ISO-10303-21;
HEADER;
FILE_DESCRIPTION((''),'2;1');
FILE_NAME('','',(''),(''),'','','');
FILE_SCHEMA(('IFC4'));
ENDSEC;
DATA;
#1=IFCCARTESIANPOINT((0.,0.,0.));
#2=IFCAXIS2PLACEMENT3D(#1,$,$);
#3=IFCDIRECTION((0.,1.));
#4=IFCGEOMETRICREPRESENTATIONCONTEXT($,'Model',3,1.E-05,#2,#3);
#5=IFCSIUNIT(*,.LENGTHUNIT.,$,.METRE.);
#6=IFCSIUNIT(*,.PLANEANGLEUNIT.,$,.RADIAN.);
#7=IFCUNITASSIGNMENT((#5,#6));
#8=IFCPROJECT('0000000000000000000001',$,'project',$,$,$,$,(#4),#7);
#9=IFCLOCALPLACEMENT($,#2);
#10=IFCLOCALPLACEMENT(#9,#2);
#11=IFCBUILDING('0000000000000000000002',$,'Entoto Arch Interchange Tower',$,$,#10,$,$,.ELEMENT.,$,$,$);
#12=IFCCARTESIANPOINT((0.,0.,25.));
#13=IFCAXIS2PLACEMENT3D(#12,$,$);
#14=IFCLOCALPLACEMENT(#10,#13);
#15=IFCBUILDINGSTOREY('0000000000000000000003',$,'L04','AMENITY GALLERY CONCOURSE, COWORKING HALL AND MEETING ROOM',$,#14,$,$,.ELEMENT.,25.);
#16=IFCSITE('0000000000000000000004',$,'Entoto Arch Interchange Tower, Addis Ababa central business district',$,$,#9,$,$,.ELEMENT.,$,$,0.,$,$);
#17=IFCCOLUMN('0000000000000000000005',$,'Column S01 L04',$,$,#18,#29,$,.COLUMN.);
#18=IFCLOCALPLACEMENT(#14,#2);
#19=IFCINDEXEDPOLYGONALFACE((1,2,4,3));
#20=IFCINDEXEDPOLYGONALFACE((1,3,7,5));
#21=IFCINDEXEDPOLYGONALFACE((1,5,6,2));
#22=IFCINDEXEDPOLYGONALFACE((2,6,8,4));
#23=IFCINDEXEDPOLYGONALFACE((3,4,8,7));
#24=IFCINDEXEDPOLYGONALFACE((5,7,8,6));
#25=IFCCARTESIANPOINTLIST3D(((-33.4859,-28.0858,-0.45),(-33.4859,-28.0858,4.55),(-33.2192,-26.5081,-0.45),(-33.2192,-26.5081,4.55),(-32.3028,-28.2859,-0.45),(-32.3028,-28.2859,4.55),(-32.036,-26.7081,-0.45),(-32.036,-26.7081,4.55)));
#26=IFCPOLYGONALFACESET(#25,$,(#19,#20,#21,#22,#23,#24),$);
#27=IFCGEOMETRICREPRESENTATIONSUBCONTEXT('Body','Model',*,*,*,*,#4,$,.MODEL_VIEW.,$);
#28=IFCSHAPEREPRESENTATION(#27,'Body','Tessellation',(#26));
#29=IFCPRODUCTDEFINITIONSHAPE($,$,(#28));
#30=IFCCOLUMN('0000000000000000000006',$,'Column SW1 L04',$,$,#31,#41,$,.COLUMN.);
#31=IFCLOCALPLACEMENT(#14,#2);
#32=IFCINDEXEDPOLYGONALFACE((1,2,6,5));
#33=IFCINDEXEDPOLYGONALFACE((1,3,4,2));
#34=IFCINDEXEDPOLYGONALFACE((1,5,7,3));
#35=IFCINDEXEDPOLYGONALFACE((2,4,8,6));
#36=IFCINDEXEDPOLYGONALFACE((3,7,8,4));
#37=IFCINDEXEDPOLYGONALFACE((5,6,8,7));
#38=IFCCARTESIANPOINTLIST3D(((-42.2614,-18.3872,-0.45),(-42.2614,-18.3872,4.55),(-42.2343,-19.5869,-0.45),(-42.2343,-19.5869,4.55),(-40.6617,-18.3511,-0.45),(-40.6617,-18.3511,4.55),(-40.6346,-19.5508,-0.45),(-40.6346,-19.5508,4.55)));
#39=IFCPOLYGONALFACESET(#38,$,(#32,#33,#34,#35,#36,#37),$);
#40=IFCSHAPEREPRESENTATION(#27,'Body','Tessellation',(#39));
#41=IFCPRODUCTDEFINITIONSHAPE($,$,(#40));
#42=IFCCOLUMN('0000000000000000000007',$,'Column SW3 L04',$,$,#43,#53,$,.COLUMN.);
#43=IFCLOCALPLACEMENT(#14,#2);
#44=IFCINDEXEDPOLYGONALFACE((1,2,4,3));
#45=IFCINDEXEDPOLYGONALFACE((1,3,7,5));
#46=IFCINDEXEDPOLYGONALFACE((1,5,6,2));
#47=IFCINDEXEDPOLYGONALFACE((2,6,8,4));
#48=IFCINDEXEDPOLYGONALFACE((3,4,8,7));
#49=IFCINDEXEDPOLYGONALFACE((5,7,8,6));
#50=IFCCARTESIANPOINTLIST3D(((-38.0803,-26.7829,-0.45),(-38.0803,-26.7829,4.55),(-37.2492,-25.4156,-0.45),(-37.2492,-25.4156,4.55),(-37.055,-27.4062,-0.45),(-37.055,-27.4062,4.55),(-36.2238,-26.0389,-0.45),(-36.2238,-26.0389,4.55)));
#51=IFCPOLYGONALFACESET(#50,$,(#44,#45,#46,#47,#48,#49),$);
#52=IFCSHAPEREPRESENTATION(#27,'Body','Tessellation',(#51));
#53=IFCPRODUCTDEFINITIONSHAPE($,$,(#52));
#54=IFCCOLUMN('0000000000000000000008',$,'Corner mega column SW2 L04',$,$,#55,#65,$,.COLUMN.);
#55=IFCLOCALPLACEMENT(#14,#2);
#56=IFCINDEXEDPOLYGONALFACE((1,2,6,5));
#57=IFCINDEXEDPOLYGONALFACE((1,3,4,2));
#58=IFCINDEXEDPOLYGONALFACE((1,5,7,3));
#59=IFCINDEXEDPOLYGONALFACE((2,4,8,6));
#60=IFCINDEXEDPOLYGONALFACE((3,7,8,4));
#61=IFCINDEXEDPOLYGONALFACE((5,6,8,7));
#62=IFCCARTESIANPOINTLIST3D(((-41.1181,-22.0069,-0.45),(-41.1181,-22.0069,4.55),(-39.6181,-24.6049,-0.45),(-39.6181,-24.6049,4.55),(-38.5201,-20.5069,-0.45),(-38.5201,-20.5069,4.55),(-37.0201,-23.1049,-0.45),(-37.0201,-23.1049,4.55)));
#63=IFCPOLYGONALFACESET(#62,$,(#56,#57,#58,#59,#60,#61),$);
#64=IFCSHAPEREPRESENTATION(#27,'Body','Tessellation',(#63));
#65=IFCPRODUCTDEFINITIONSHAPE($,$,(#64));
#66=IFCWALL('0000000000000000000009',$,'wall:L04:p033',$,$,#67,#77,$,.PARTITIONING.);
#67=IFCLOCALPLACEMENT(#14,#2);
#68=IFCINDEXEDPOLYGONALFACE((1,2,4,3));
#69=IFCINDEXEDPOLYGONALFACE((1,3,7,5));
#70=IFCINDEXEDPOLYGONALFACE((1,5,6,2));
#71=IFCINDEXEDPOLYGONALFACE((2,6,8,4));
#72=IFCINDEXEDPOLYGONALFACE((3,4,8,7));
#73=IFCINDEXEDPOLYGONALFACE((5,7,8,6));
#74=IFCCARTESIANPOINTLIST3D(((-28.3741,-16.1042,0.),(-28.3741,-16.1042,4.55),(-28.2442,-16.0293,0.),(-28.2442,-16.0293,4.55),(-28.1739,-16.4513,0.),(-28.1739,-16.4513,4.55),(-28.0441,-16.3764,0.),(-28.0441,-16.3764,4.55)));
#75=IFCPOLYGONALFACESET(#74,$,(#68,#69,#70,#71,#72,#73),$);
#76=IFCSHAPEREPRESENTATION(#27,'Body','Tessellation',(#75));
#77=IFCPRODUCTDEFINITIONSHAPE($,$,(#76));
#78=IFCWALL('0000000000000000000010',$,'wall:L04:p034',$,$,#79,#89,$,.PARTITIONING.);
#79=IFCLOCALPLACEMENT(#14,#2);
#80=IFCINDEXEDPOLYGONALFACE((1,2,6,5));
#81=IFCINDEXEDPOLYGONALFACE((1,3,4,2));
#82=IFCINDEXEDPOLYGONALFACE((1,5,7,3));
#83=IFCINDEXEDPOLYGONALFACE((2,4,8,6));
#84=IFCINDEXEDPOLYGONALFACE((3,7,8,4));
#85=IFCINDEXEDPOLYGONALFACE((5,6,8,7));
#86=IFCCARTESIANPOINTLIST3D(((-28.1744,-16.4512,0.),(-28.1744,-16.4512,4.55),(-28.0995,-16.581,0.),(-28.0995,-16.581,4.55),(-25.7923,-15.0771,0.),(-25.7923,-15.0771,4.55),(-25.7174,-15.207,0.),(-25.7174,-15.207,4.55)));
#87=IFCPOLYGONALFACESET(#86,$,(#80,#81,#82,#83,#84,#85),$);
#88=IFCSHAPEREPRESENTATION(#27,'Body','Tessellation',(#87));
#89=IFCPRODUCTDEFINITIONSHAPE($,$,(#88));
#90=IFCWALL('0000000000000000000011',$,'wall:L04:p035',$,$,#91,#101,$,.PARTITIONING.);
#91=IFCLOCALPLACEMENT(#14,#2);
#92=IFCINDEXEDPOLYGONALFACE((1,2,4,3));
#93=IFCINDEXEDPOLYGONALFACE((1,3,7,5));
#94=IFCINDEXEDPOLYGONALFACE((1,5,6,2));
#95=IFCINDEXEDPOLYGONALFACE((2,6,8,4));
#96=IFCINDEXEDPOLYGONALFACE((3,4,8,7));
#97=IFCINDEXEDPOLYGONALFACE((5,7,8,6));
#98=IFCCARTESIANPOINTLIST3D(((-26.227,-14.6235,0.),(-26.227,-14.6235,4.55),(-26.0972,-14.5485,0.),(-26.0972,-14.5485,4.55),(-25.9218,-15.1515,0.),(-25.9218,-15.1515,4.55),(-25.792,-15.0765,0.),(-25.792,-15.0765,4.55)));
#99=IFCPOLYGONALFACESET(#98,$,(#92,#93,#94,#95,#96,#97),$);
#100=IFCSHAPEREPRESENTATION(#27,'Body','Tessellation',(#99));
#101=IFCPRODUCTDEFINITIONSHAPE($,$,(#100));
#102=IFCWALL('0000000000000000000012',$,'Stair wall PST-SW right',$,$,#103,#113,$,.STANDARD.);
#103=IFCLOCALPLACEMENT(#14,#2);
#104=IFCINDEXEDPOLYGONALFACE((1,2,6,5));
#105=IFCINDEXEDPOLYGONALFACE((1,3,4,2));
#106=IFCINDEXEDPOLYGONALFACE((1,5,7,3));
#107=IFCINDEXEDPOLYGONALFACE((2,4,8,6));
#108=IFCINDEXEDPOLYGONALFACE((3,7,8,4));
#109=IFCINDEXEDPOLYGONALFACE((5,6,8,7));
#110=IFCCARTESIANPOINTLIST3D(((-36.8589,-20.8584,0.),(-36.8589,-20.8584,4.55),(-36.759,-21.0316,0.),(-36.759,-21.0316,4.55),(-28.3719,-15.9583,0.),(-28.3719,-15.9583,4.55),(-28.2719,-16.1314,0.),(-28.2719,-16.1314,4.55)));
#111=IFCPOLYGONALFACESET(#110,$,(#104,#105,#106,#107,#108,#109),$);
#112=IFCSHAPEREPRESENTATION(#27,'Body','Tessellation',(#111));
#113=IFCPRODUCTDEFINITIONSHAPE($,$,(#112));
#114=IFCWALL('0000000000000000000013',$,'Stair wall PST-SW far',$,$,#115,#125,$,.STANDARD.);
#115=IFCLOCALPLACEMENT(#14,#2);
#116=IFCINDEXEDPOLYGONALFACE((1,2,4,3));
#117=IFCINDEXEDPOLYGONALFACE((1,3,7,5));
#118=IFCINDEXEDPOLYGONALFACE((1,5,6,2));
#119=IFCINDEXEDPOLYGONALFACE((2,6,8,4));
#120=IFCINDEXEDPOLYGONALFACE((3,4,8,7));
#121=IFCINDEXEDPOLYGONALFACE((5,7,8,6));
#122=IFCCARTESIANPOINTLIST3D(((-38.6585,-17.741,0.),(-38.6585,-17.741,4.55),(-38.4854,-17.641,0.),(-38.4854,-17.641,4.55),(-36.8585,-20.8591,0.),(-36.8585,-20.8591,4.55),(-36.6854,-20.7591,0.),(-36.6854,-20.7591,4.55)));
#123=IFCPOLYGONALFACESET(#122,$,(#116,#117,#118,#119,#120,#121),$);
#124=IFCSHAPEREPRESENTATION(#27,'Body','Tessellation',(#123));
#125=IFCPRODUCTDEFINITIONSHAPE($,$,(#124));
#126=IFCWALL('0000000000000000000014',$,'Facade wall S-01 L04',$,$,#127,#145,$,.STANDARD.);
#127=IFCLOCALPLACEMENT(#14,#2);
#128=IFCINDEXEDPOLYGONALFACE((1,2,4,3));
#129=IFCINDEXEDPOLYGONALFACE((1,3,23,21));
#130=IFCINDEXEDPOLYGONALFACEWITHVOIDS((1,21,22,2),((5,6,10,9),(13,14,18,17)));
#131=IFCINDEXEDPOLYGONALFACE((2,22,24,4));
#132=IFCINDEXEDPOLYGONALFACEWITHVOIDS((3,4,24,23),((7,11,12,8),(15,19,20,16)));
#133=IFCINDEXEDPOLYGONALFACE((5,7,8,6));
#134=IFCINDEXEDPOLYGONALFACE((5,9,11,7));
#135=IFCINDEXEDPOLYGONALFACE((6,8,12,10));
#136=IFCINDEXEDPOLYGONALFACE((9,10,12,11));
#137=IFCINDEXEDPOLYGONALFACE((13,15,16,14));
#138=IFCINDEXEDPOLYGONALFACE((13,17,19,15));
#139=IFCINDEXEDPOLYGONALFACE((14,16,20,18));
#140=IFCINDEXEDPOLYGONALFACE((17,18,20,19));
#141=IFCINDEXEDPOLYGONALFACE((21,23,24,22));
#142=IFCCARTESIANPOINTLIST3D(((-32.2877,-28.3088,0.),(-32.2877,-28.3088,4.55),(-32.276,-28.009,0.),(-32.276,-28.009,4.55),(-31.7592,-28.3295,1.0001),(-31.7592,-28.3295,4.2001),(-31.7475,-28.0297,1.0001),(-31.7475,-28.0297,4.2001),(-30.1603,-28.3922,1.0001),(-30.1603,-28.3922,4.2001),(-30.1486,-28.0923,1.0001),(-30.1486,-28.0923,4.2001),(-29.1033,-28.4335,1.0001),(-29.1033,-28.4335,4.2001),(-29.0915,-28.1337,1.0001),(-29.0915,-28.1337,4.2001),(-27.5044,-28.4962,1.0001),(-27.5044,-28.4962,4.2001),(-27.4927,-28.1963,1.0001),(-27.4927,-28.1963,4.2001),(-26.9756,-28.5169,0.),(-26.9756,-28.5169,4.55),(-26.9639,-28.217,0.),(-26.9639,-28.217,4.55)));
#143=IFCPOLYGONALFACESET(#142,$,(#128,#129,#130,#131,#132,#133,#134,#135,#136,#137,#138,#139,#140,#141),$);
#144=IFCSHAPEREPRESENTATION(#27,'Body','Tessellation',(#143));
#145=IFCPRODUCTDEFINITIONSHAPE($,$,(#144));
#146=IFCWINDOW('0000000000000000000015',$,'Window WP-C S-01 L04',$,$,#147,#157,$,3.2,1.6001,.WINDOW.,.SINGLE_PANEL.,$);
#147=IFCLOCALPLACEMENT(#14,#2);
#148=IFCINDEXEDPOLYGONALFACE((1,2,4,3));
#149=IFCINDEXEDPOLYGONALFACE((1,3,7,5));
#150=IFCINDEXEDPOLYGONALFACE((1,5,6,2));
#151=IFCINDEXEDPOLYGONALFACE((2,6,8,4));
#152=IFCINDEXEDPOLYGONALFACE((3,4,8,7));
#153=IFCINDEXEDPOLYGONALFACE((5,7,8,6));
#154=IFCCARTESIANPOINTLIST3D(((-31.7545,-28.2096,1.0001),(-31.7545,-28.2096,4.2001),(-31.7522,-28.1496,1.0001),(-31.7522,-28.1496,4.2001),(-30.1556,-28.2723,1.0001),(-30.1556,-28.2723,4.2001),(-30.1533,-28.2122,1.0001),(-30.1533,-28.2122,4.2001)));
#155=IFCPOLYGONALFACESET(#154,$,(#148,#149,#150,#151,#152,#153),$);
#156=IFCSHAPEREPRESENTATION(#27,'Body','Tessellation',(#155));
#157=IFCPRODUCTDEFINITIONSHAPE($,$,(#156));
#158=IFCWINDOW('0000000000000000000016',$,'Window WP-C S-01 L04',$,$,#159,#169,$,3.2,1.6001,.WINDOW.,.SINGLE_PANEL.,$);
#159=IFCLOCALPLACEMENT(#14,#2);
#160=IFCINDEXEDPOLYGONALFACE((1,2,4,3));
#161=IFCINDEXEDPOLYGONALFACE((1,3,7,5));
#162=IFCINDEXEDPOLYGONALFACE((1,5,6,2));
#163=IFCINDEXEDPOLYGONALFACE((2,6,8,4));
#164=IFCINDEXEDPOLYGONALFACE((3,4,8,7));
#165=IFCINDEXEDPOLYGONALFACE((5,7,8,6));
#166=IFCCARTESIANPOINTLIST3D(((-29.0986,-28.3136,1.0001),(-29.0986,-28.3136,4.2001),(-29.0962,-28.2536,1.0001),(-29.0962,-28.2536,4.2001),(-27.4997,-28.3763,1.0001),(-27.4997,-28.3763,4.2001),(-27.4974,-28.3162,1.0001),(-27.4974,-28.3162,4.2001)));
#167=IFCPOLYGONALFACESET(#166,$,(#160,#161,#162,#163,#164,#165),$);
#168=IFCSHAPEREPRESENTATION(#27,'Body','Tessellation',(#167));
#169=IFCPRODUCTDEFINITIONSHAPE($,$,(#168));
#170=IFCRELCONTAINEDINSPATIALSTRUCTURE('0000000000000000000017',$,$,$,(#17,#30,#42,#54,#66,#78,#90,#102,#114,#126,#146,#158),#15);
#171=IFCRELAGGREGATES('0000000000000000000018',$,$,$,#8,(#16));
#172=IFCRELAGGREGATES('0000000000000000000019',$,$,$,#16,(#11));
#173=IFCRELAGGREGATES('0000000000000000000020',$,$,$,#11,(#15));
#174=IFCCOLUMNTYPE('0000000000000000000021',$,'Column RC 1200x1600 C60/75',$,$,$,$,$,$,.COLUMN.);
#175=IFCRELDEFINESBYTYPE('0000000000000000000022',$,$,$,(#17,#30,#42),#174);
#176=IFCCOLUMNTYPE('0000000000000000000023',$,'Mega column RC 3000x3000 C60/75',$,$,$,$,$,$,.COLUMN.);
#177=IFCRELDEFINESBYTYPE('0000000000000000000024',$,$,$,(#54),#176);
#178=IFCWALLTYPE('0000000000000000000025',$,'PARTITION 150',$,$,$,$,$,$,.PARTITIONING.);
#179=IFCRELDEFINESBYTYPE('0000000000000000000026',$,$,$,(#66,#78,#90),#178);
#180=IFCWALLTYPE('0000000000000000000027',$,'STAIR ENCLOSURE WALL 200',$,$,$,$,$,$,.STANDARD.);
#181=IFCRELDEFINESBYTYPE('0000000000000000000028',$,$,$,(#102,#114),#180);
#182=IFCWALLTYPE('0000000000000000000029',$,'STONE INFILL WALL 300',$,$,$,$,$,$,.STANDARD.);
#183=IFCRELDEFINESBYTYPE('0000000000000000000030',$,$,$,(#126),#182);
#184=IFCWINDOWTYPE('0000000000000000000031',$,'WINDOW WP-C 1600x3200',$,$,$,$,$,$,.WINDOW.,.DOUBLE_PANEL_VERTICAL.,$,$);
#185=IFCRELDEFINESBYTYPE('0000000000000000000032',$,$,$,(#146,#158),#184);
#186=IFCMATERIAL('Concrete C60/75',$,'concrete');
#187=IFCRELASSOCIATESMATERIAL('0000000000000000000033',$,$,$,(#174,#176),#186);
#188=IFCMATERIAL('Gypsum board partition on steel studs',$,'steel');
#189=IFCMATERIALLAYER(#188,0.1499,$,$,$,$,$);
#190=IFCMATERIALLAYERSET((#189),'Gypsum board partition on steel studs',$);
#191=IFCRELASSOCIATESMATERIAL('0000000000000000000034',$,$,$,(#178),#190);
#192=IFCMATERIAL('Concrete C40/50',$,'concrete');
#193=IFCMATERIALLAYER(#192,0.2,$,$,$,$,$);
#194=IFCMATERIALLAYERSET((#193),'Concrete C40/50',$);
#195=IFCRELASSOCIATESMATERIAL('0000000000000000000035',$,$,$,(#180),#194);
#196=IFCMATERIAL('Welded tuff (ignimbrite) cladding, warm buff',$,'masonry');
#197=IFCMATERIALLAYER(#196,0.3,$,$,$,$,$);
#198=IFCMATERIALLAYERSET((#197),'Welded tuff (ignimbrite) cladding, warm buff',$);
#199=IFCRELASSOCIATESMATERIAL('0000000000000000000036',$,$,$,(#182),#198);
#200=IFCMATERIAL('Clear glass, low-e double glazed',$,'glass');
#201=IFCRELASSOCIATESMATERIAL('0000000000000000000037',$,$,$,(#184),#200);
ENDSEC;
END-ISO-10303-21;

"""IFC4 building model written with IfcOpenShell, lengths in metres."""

from ifc_helpers import new_model, si_unit, direction, frame, frame_2d, origin, origin_2d, place, context, subcontext, project, spatial, rectangle, extrude, material, layer, layer_set, material_profile, profile_set, type_object, element, fill, save


model = new_model("IFC4")

# Units and contexts
model_context = context("Model", 3, precision=1e-05, world=origin(), true_north=direction((0.0, 1.0)))
body_context = subcontext(model_context, "Body", "Model", "MODEL_VIEW")
ifc_project = project(units=[si_unit("LENGTHUNIT", "METRE"), si_unit("PLANEANGLEUNIT", "RADIAN")], contexts=[model_context])

# Site, building, storey
site_placement = place(None, origin())
site = spatial("IfcSite", under=ifc_project, at=site_placement, Name="Entoto Arch Interchange Tower, Addis Ababa central business district", CompositionType="ELEMENT", RefElevation=0.0)
building_placement = place(site_placement, origin())
building = spatial("IfcBuilding", under=site, at=building_placement, Name="Entoto Arch Interchange Tower", CompositionType="ELEMENT")
storey_placement = place(building_placement, frame((0.0, 0.0, 25.0)))
storey = spatial("IfcBuildingStorey", under=building, at=storey_placement, Name="L04", Description="AMENITY GALLERY CONCOURSE, COWORKING HALL AND MEETING ROOM", CompositionType="ELEMENT", Elevation=25.0)

# Columns
ifc_material_1 = material(Name="Concrete C60/75", Category="concrete")
ifc_material_profile_1 = material_profile(ifc_material_1, rectangle(XDim=1.2, YDim=1.6001, at=origin_2d()))
ifc_profile_set_1 = profile_set([ifc_material_profile_1], Name="Concrete C60/75")
column_type_1 = type_object("IfcColumnType", Name="Column RC 1200x1600 C60/75", PredefinedType="COLUMN", material=ifc_profile_set_1)
for number, where, z_axis, x_axis, name in (
    (1, (-32.761, -27.397, -0.45), (0.0, 0.0, 1.0), (-0.986005, 0.166717, 0.0), "Column S01 L04"),
    (2, (-41.448, -18.969, -0.45), (0.0, 0.0, 1.0), (-0.022565, 0.999745, 0.0), "Column SW1 L04"),
    (3, (-37.1521, -26.4109, -0.45), (0.0, 0.0, 1.0), (-0.854522, 0.519415, 0.0), "Column SW3 L04"),
):
    element("IfcColumn", number, at=place(storey_placement, frame(where, z_axis=z_axis, x_axis=x_axis)), inside=storey, type_object=column_type_1, Name=name, PredefinedType="COLUMN", context=body_context, shape_type="SweptSolid", body=[
        extrude(rectangle(XDim=1.2, YDim=1.6001, at=origin_2d()), origin(), (0.0, 0.0, 1.0), 5.0),
    ])
ifc_material_profile_2 = material_profile(ifc_material_1, rectangle(XDim=3.0, YDim=3.0, at=origin_2d()))
ifc_profile_set_2 = profile_set([ifc_material_profile_2], Name="Concrete C60/75")
column_type_2 = type_object("IfcColumnType", Name="Mega column RC 3000x3000 C60/75", PredefinedType="COLUMN", material=ifc_profile_set_2)
column_placement = place(storey_placement, frame((-39.0691, -22.5559, -0.45), z_axis=(0.0, 0.0, 1.0), x_axis=(0.866025, 0.5, 0.0)))
element("IfcColumn", 4, at=column_placement, inside=storey, type_object=column_type_2, Name="Corner mega column SW2 L04", PredefinedType="COLUMN", context=body_context, shape_type="SweptSolid", body=[
    extrude(rectangle(XDim=3.0, YDim=3.0, at=origin_2d()), origin(), (0.0, 0.0, 1.0), 5.0),
])

# Walls
ifc_material_2 = material(Name="Gypsum board partition on steel studs", Category="steel")
ifc_layer_1 = layer(ifc_material_2, 0.1499)
ifc_layer_set_1 = layer_set([ifc_layer_1], Name="Gypsum board partition on steel studs")
wall_type_1 = type_object("IfcWallType", Name="PARTITION 150", PredefinedType="PARTITIONING", material=ifc_layer_set_1)
wall_1_placement = place(storey_placement, frame((-28.3091, -16.0669, 0.0), z_axis=(0.0, 0.0, 1.0), x_axis=(0.499547, -0.866287, 0.0)))
element("IfcWall", 5, at=wall_1_placement, inside=storey, type_object=wall_type_1, Name="wall:L04:p033", PredefinedType="PARTITIONING", context=body_context, shape_type="SweptSolid", body=[
    extrude(rectangle(XDim=0.4006, YDim=0.1499, at=frame_2d((0.2002, 0.0))), origin(), (0.0, 0.0, 1.0), 4.55),
])
wall_2_placement = place(storey_placement, frame((-28.137, -16.5161, 0.0), z_axis=(0.0, 0.0, 1.0), x_axis=(0.866225, 0.499653, 0.0)))
element("IfcWall", 6, at=wall_2_placement, inside=storey, type_object=wall_type_1, Name="wall:L04:p034", PredefinedType="PARTITIONING", context=body_context, shape_type="SweptSolid", body=[
    extrude(rectangle(XDim=2.75, YDim=0.1499, at=frame_2d((1.375, 0.0))), origin(), (0.0, 0.0, 1.0), 4.55),
])
wall_3_placement = place(storey_placement, frame((-25.8569, -15.114, 0.0), z_axis=(0.0, 0.0, 1.0), x_axis=(-0.500358, 0.865819, 0.0)))
element("IfcWall", 7, at=wall_3_placement, inside=storey, type_object=wall_type_1, Name="wall:L04:p035", PredefinedType="PARTITIONING", context=body_context, shape_type="SweptSolid", body=[
    extrude(rectangle(XDim=0.6099, YDim=0.1499, at=frame_2d((0.3049, 0.0))), origin(), (0.0, 0.0, 1.0), 4.55),
])
ifc_material_3 = material(Name="Concrete C40/50", Category="concrete")
ifc_layer_2 = layer(ifc_material_3, 0.2)
ifc_layer_set_2 = layer_set([ifc_layer_2], Name="Concrete C40/50")
wall_type_2 = type_object("IfcWallType", Name="STAIR ENCLOSURE WALL 200", PredefinedType="STANDARD", material=ifc_layer_set_2)
wall_4_placement = place(storey_placement, frame((-28.322, -16.0449, 0.0), z_axis=(0.0, 0.0, 1.0), x_axis=(-0.866019, -0.500011, 0.0)))
element("IfcWall", 8, at=wall_4_placement, inside=storey, type_object=wall_type_2, Name="Stair wall PST-SW right", PredefinedType="STANDARD", context=body_context, shape_type="SweptSolid", body=[
    extrude(rectangle(XDim=9.8, YDim=0.2, at=frame_2d((4.8999, 0.0))), origin(), (0.0, 0.0, 1.0), 4.55),
])
wall_5_placement = place(storey_placement, frame((-38.572, -17.6909, 0.0), z_axis=(0.0, 0.0, 1.0), x_axis=(0.499953, -0.866052, 0.0)))
element("IfcWall", 9, at=wall_5_placement, inside=storey, type_object=wall_type_2, Name="Stair wall PST-SW far", PredefinedType="STANDARD", context=body_context, shape_type="SweptSolid", body=[
    extrude(rectangle(XDim=3.6003, YDim=0.2, at=frame_2d((1.8003, 0.0))), origin(), (0.0, 0.0, 1.0), 4.55),
])

# Wall, openings, windows
ifc_material_4 = material(Name="Welded tuff (ignimbrite) cladding, warm buff", Category="masonry")
ifc_layer_3 = layer(ifc_material_4, 0.3)
ifc_layer_set_3 = layer_set([ifc_layer_3], Name="Welded tuff (ignimbrite) cladding, warm buff")
wall_type_3 = type_object("IfcWallType", Name="STONE INFILL WALL 300", PredefinedType="STANDARD", material=ifc_layer_set_3)
wall_6_placement = place(storey_placement, frame((-32.282, -28.1589, 0.0), z_axis=(0.0, 0.0, 1.0), x_axis=(0.999234, -0.039128, 0.0)))
wall_6 = element("IfcWall", 10, at=wall_6_placement, inside=storey, type_object=wall_type_3, Name="Facade wall S-01 L04", PredefinedType="STANDARD", context=body_context, shape_type="SweptSolid", body=[
    extrude(rectangle(XDim=5.3162, YDim=0.3, at=frame_2d((2.6582, 0.0))), origin(), (0.0, 0.0, 1.0), 4.55),
])
opening_1_placement = place(wall_6_placement, frame((0.5291, 0.0, 1.0)))
opening_1 = element("IfcOpeningElement", 11, at=opening_1_placement, cuts=wall_6, PredefinedType="OPENING", context=body_context, shape_type="SweptSolid", body=[
    extrude(rectangle(XDim=1.6001, YDim=3.2, at=frame_2d((0.8, 1.6001))), frame((0.0, 0.1602, 0.0), z_axis=(0.0, -1.0, 0.0), x_axis=(1.0, 0.0, 0.0)), (0.0, 0.0, 1.0), 0.3201),
])
opening_2_placement = place(wall_6_placement, frame((3.187, 0.0, 1.0)))
opening_2 = element("IfcOpeningElement", 12, at=opening_2_placement, cuts=wall_6, PredefinedType="OPENING", context=body_context, shape_type="SweptSolid", body=[
    extrude(rectangle(XDim=1.6001, YDim=3.2, at=frame_2d((0.8, 1.6001))), frame((0.0, 0.1602, 0.0), z_axis=(0.0, -1.0, 0.0), x_axis=(1.0, 0.0, 0.0)), (0.0, 0.0, 1.0), 0.3201),
])
ifc_material_5 = material(Name="Clear glass, low-e double glazed", Category="glass")
window_type = type_object("IfcWindowType", Name="WINDOW WP-C 1600x3200", PartitioningType="DOUBLE_PANEL_VERTICAL", PredefinedType="WINDOW", material=ifc_material_5)
window_1_placement = place(opening_1_placement, origin())
window_1 = element("IfcWindow", 13, at=window_1_placement, inside=storey, type_object=window_type, Name="Window WP-C S-01 L04", OverallHeight=3.2, OverallWidth=1.6001, PartitioningType="SINGLE_PANEL", PredefinedType="WINDOW", context=body_context, shape_type="SweptSolid", body=[
    extrude(rectangle(XDim=1.6001, YDim=3.2, at=frame_2d((0.8, 1.6001))), frame((0.0, 0.03, 0.0), z_axis=(0.0, -1.0, 0.0), x_axis=(1.0, 0.0, 0.0)), (0.0, 0.0, 1.0), 0.0601),
])
fill(opening_1, window_1)
window_2_placement = place(opening_2_placement, origin())
window_2 = element("IfcWindow", 14, at=window_2_placement, inside=storey, type_object=window_type, Name="Window WP-C S-01 L04", OverallHeight=3.2, OverallWidth=1.6001, PartitioningType="SINGLE_PANEL", PredefinedType="WINDOW", context=body_context, shape_type="SweptSolid", body=[
    extrude(rectangle(XDim=1.6001, YDim=3.2, at=frame_2d((0.8, 1.6001))), frame((0.0, 0.03, 0.0), z_axis=(0.0, -1.0, 0.0), x_axis=(1.0, 0.0, 0.0)), (0.0, 0.0, 1.0), 0.0601),
])
fill(opening_2, window_2)

save(model, "model.ifc")
